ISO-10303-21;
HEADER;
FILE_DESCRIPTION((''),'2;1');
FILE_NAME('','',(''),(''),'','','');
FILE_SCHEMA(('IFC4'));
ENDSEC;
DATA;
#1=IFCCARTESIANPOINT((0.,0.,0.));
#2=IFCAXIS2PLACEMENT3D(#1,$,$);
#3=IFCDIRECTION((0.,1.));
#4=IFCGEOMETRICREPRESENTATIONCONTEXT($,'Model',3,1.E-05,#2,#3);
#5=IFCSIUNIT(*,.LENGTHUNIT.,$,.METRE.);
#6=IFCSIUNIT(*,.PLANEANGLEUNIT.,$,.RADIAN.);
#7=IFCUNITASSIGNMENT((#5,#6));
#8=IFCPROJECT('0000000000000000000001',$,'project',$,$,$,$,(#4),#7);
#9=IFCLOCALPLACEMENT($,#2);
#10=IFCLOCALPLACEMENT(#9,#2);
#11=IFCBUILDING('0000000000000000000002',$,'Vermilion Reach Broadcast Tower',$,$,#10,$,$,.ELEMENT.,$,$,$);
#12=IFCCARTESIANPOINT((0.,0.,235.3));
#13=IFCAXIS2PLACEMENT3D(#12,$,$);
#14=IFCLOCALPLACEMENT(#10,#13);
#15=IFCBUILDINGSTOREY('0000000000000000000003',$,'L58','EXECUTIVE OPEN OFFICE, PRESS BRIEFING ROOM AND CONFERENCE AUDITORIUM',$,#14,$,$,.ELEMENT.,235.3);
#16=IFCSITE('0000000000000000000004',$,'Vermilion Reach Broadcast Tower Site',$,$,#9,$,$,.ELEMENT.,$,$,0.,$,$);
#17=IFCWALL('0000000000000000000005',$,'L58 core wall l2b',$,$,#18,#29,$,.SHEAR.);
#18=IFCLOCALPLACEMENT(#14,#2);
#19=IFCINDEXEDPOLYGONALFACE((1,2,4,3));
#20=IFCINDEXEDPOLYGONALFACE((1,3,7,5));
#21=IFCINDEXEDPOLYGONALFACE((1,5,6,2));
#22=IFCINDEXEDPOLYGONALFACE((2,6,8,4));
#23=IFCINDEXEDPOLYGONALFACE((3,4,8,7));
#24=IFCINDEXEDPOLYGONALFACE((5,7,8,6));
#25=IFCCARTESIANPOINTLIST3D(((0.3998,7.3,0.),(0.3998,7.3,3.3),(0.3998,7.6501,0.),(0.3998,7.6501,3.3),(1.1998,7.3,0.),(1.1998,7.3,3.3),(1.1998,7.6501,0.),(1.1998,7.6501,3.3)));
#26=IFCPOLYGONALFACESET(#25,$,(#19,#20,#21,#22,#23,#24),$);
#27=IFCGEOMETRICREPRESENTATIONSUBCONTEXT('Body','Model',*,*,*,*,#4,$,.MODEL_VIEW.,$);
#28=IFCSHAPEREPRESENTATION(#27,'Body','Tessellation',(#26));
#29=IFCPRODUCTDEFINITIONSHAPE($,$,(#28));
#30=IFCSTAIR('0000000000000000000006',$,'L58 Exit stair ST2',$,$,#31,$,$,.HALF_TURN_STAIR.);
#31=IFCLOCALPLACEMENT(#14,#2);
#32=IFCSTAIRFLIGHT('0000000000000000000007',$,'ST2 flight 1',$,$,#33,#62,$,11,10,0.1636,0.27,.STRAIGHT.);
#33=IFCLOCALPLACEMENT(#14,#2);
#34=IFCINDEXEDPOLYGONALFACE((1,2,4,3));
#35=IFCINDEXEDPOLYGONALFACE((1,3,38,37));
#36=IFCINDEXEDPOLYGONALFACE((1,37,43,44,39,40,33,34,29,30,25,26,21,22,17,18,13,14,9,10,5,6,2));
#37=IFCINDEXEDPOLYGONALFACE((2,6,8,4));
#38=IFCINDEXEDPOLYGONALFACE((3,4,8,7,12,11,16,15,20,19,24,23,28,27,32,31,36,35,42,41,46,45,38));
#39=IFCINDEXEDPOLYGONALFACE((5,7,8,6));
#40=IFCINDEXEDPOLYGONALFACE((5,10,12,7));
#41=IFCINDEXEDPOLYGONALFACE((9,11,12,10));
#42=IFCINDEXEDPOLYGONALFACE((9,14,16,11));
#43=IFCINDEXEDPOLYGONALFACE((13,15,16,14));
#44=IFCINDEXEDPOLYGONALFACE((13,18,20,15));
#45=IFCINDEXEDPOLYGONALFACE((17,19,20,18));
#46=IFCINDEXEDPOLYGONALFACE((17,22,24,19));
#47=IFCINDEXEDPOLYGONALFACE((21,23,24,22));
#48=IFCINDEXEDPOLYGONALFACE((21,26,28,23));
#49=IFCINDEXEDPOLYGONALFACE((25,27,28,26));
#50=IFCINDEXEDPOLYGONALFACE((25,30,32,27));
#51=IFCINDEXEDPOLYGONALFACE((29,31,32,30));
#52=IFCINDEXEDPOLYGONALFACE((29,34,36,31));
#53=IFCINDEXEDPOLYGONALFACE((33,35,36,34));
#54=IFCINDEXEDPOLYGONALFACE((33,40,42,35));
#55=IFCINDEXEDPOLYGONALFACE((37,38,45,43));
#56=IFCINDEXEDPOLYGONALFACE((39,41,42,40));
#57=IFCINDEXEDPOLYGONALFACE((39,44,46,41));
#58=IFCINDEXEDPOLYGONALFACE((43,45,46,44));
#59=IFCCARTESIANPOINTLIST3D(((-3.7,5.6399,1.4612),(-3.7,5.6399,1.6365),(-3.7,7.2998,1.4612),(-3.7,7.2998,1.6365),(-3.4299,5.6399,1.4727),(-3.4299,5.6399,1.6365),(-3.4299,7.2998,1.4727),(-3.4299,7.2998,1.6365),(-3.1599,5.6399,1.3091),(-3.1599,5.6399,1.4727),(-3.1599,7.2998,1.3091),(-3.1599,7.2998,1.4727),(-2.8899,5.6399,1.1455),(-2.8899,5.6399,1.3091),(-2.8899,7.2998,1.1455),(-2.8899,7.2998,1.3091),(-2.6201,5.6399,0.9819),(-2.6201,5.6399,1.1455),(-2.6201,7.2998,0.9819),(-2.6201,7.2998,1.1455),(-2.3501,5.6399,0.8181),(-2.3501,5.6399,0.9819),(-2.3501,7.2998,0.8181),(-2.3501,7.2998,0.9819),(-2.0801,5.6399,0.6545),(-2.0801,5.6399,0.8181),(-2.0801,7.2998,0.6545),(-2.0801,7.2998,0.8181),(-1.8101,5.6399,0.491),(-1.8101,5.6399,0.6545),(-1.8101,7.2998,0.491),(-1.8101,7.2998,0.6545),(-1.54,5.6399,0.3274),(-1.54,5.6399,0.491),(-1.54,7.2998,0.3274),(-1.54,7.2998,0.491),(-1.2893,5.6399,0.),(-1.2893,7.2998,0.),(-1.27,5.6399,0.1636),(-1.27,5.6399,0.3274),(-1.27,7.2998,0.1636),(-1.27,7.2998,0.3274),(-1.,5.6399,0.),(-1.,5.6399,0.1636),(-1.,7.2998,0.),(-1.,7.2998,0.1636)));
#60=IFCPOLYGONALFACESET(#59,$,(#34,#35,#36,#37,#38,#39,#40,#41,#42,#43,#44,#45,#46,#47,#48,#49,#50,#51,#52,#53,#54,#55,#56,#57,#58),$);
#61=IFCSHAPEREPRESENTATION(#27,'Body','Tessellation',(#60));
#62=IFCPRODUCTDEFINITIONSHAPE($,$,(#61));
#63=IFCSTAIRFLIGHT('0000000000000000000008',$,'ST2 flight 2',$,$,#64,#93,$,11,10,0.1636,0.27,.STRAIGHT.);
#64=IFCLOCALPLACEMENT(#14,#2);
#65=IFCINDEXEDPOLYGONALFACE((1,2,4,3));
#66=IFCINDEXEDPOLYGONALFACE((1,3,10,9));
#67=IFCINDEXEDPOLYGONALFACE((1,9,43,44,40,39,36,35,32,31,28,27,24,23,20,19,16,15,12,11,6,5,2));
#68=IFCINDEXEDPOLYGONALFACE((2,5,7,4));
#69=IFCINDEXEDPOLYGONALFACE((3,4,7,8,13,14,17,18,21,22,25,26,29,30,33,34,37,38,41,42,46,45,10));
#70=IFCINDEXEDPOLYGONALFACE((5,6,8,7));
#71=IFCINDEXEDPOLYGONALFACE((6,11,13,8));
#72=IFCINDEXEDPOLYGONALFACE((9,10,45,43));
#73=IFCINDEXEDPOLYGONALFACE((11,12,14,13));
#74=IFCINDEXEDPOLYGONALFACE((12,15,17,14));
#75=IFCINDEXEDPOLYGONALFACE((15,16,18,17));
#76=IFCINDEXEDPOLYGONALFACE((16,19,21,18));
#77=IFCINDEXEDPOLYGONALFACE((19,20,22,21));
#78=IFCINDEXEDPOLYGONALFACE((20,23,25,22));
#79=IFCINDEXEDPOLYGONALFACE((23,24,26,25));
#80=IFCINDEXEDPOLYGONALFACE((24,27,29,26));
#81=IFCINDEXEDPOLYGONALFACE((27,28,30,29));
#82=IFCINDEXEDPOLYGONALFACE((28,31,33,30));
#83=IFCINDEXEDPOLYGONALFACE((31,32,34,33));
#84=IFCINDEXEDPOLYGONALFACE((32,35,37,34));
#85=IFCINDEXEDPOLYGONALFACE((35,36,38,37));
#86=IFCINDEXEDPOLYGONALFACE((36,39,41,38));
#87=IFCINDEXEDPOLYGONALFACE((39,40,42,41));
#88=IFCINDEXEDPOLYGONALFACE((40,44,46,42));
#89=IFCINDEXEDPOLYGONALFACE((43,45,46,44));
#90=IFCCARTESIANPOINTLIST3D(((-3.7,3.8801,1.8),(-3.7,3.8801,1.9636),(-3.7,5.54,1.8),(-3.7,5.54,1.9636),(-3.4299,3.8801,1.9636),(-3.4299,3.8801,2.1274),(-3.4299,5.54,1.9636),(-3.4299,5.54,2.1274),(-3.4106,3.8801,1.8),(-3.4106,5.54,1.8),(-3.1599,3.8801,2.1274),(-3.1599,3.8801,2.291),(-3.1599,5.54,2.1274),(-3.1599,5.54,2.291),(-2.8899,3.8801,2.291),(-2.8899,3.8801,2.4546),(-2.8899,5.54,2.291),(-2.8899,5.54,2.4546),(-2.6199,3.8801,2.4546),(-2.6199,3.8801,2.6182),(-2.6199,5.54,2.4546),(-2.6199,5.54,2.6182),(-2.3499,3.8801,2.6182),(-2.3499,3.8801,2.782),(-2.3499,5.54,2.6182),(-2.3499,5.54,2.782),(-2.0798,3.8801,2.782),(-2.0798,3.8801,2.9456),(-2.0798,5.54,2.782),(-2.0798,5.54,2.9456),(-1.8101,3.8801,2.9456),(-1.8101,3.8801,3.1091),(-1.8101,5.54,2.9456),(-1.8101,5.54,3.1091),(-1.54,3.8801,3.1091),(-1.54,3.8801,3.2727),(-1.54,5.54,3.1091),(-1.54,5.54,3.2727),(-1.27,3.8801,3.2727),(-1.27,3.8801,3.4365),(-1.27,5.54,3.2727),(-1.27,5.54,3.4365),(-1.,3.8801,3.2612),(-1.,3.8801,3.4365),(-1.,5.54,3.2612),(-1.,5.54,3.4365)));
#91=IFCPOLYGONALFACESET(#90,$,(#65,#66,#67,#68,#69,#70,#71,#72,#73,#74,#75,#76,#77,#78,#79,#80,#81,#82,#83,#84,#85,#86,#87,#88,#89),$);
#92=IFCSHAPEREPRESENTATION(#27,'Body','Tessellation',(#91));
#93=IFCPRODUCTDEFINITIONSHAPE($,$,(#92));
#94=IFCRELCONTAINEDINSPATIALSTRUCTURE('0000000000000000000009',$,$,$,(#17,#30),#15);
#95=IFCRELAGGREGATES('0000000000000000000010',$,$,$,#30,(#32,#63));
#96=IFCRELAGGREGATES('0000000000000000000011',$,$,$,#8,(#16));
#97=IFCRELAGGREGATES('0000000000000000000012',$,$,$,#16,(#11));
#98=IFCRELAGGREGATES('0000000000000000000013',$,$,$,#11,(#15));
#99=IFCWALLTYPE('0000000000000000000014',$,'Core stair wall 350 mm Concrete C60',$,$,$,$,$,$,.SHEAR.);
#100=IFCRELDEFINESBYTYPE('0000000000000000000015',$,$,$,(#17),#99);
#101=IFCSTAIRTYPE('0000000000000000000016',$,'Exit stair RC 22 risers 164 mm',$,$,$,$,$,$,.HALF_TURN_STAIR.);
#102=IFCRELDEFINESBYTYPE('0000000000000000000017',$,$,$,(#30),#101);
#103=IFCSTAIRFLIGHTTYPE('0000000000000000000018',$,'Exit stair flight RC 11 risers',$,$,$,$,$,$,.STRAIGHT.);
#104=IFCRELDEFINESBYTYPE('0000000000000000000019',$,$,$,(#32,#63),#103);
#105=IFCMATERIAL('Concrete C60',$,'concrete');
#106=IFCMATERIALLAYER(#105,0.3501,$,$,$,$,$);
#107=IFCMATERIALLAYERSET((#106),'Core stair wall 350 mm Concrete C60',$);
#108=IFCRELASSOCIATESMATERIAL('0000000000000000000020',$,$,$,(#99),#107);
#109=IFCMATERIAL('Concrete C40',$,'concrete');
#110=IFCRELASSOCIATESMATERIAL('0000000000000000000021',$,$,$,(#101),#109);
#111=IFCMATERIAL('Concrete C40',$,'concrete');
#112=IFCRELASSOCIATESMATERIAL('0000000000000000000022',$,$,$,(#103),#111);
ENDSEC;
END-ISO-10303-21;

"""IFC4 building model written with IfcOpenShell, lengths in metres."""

from ifc_helpers import new_model, si_unit, direction, frame, frame_2d, origin, place, context, subcontext, project, spatial, polyline, rectangle, outline, extrude, material, layer, layer_set, type_object, element, aggregate, save


model = new_model("IFC4")

# Units and contexts
model_context = context("Model", 3, precision=1e-05, world=origin(), true_north=direction((0.0, 1.0)))
body_context = subcontext(model_context, "Body", "Model", "MODEL_VIEW")
ifc_project = project(units=[si_unit("LENGTHUNIT", "METRE"), si_unit("PLANEANGLEUNIT", "RADIAN")], contexts=[model_context])

# Site, building, storey
site_placement = place(None, origin())
site = spatial("IfcSite", under=ifc_project, at=site_placement, Name="Vermilion Reach Broadcast Tower Site", CompositionType="ELEMENT", RefElevation=0.0)
building_placement = place(site_placement, origin())
building = spatial("IfcBuilding", under=site, at=building_placement, Name="Vermilion Reach Broadcast Tower", CompositionType="ELEMENT")
storey_placement = place(building_placement, frame((0.0, 0.0, 235.3)))
storey = spatial("IfcBuildingStorey", under=building, at=storey_placement, Name="L58", Description="EXECUTIVE OPEN OFFICE, PRESS BRIEFING ROOM AND CONFERENCE AUDITORIUM", CompositionType="ELEMENT", Elevation=235.3)

# Wall
ifc_material_1 = material(Name="Concrete C60", Category="concrete")
ifc_layer_1 = layer(ifc_material_1, 0.3501)
ifc_layer_set_1 = layer_set([ifc_layer_1], Name="Core stair wall 350 mm Concrete C60")
wall_type_1 = type_object("IfcWallType", Name="Core stair wall 350 mm Concrete C60", PredefinedType="SHEAR", material=ifc_layer_set_1)
wall_1_placement = place(storey_placement, frame((0.3999, 7.4751, 0.0), z_axis=(0.0, 0.0, 1.0), x_axis=(1.0, 0.0, 0.0)))
element("IfcWall", 1, at=wall_1_placement, inside=storey, type_object=wall_type_1, Name="L58 core wall l2b", PredefinedType="SHEAR", context=body_context, shape_type="SweptSolid", body=[
    extrude(rectangle(XDim=0.8, YDim=0.3501, at=frame_2d((0.3999, 0.0))), origin(), (0.0, 0.0, 1.0), 3.3),
])

# Stair, stair flights
ifc_material_2 = material(Name="Concrete C40", Category="concrete")
stair_type = type_object("IfcStairType", Name="Exit stair RC 22 risers 164 mm", PredefinedType="HALF_TURN_STAIR", material=ifc_material_2)
stair_placement = place(storey_placement, origin())
stair = element("IfcStair", 2, at=stair_placement, inside=storey, type_object=stair_type, Name="L58 Exit stair ST2", PredefinedType="HALF_TURN_STAIR")
ifc_material_3 = material(Name="Concrete C40", Category="concrete")
stair_flight_type = type_object("IfcStairFlightType", Name="Exit stair flight RC 11 risers", PredefinedType="STRAIGHT", material=ifc_material_3)
stair_flight_1_placement = place(storey_placement, frame((-1.0, 6.47, 0.0), z_axis=(0.0, 0.0, 1.0), x_axis=(-1.0, 0.0, 0.0)))
stair_flight_1 = element("IfcStairFlight", 3, at=stair_flight_1_placement, type_object=stair_flight_type, Name="ST2 flight 1", NumberOfRisers=11, NumberOfTreads=10, PredefinedType="STRAIGHT", RiserHeight=0.1636, TreadLength=0.27, context=body_context, shape_type="SweptSolid", body=[
    extrude(outline(polyline([(0.0, 0.0), (0.0, 0.1636), (0.27, 0.1636), (0.27, 0.3274), (0.54, 0.3274), (0.54, 0.491), (0.8101, 0.491), (0.8101, 0.6545), (1.0801, 0.6545), (1.0801, 0.8181), (1.3501, 0.8181), (1.3501, 0.9819), (1.6201, 0.9819), (1.6201, 1.1455), (1.8899, 1.1455), (1.8899, 1.3091), (2.1599, 1.3091), (2.1599, 1.4727), (2.4299, 1.4727), (2.4299, 1.6365), (2.7, 1.6365), (2.7, 1.8), (2.7, 1.4612), (0.2893, 0.0), (0.0, 0.0)])), frame((0.0, 0.8301, 0.0), z_axis=(0.0, -1.0, 0.0), x_axis=(1.0, 0.0, 0.0)), (0.0, 0.0, 1.0), 1.6599),
])
stair_flight_2_placement = place(storey_placement, frame((-3.7, 4.71, 1.8), z_axis=(0.0, 0.0, 1.0), x_axis=(1.0, 0.0, 0.0)))
stair_flight_2 = element("IfcStairFlight", 4, at=stair_flight_2_placement, type_object=stair_flight_type, Name="ST2 flight 2", NumberOfRisers=11, NumberOfTreads=10, PredefinedType="STRAIGHT", RiserHeight=0.1636, TreadLength=0.27, context=body_context, shape_type="SweptSolid", body=[
    extrude(outline(polyline([(0.0, 0.0), (0.0, 0.1636), (0.27, 0.1636), (0.27, 0.3274), (0.54, 0.3274), (0.54, 0.491), (0.8101, 0.491), (0.8101, 0.6545), (1.0801, 0.6545), (1.0801, 0.8181), (1.3501, 0.8181), (1.3501, 0.9819), (1.6201, 0.9819), (1.6201, 1.1455), (1.8899, 1.1455), (1.8899, 1.3091), (2.1599, 1.3091), (2.1599, 1.4727), (2.4299, 1.4727), (2.4299, 1.6365), (2.7, 1.6365), (2.7, 1.8), (2.7, 1.4612), (0.2893, 0.0), (0.0, 0.0)])), frame((0.0, 0.8301, 0.0), z_axis=(0.0, -1.0, 0.0), x_axis=(1.0, 0.0, 0.0)), (0.0, 0.0, 1.0), 1.6599),
])
aggregate(stair, [stair_flight_1, stair_flight_2])

save(model, "model.ifc")
